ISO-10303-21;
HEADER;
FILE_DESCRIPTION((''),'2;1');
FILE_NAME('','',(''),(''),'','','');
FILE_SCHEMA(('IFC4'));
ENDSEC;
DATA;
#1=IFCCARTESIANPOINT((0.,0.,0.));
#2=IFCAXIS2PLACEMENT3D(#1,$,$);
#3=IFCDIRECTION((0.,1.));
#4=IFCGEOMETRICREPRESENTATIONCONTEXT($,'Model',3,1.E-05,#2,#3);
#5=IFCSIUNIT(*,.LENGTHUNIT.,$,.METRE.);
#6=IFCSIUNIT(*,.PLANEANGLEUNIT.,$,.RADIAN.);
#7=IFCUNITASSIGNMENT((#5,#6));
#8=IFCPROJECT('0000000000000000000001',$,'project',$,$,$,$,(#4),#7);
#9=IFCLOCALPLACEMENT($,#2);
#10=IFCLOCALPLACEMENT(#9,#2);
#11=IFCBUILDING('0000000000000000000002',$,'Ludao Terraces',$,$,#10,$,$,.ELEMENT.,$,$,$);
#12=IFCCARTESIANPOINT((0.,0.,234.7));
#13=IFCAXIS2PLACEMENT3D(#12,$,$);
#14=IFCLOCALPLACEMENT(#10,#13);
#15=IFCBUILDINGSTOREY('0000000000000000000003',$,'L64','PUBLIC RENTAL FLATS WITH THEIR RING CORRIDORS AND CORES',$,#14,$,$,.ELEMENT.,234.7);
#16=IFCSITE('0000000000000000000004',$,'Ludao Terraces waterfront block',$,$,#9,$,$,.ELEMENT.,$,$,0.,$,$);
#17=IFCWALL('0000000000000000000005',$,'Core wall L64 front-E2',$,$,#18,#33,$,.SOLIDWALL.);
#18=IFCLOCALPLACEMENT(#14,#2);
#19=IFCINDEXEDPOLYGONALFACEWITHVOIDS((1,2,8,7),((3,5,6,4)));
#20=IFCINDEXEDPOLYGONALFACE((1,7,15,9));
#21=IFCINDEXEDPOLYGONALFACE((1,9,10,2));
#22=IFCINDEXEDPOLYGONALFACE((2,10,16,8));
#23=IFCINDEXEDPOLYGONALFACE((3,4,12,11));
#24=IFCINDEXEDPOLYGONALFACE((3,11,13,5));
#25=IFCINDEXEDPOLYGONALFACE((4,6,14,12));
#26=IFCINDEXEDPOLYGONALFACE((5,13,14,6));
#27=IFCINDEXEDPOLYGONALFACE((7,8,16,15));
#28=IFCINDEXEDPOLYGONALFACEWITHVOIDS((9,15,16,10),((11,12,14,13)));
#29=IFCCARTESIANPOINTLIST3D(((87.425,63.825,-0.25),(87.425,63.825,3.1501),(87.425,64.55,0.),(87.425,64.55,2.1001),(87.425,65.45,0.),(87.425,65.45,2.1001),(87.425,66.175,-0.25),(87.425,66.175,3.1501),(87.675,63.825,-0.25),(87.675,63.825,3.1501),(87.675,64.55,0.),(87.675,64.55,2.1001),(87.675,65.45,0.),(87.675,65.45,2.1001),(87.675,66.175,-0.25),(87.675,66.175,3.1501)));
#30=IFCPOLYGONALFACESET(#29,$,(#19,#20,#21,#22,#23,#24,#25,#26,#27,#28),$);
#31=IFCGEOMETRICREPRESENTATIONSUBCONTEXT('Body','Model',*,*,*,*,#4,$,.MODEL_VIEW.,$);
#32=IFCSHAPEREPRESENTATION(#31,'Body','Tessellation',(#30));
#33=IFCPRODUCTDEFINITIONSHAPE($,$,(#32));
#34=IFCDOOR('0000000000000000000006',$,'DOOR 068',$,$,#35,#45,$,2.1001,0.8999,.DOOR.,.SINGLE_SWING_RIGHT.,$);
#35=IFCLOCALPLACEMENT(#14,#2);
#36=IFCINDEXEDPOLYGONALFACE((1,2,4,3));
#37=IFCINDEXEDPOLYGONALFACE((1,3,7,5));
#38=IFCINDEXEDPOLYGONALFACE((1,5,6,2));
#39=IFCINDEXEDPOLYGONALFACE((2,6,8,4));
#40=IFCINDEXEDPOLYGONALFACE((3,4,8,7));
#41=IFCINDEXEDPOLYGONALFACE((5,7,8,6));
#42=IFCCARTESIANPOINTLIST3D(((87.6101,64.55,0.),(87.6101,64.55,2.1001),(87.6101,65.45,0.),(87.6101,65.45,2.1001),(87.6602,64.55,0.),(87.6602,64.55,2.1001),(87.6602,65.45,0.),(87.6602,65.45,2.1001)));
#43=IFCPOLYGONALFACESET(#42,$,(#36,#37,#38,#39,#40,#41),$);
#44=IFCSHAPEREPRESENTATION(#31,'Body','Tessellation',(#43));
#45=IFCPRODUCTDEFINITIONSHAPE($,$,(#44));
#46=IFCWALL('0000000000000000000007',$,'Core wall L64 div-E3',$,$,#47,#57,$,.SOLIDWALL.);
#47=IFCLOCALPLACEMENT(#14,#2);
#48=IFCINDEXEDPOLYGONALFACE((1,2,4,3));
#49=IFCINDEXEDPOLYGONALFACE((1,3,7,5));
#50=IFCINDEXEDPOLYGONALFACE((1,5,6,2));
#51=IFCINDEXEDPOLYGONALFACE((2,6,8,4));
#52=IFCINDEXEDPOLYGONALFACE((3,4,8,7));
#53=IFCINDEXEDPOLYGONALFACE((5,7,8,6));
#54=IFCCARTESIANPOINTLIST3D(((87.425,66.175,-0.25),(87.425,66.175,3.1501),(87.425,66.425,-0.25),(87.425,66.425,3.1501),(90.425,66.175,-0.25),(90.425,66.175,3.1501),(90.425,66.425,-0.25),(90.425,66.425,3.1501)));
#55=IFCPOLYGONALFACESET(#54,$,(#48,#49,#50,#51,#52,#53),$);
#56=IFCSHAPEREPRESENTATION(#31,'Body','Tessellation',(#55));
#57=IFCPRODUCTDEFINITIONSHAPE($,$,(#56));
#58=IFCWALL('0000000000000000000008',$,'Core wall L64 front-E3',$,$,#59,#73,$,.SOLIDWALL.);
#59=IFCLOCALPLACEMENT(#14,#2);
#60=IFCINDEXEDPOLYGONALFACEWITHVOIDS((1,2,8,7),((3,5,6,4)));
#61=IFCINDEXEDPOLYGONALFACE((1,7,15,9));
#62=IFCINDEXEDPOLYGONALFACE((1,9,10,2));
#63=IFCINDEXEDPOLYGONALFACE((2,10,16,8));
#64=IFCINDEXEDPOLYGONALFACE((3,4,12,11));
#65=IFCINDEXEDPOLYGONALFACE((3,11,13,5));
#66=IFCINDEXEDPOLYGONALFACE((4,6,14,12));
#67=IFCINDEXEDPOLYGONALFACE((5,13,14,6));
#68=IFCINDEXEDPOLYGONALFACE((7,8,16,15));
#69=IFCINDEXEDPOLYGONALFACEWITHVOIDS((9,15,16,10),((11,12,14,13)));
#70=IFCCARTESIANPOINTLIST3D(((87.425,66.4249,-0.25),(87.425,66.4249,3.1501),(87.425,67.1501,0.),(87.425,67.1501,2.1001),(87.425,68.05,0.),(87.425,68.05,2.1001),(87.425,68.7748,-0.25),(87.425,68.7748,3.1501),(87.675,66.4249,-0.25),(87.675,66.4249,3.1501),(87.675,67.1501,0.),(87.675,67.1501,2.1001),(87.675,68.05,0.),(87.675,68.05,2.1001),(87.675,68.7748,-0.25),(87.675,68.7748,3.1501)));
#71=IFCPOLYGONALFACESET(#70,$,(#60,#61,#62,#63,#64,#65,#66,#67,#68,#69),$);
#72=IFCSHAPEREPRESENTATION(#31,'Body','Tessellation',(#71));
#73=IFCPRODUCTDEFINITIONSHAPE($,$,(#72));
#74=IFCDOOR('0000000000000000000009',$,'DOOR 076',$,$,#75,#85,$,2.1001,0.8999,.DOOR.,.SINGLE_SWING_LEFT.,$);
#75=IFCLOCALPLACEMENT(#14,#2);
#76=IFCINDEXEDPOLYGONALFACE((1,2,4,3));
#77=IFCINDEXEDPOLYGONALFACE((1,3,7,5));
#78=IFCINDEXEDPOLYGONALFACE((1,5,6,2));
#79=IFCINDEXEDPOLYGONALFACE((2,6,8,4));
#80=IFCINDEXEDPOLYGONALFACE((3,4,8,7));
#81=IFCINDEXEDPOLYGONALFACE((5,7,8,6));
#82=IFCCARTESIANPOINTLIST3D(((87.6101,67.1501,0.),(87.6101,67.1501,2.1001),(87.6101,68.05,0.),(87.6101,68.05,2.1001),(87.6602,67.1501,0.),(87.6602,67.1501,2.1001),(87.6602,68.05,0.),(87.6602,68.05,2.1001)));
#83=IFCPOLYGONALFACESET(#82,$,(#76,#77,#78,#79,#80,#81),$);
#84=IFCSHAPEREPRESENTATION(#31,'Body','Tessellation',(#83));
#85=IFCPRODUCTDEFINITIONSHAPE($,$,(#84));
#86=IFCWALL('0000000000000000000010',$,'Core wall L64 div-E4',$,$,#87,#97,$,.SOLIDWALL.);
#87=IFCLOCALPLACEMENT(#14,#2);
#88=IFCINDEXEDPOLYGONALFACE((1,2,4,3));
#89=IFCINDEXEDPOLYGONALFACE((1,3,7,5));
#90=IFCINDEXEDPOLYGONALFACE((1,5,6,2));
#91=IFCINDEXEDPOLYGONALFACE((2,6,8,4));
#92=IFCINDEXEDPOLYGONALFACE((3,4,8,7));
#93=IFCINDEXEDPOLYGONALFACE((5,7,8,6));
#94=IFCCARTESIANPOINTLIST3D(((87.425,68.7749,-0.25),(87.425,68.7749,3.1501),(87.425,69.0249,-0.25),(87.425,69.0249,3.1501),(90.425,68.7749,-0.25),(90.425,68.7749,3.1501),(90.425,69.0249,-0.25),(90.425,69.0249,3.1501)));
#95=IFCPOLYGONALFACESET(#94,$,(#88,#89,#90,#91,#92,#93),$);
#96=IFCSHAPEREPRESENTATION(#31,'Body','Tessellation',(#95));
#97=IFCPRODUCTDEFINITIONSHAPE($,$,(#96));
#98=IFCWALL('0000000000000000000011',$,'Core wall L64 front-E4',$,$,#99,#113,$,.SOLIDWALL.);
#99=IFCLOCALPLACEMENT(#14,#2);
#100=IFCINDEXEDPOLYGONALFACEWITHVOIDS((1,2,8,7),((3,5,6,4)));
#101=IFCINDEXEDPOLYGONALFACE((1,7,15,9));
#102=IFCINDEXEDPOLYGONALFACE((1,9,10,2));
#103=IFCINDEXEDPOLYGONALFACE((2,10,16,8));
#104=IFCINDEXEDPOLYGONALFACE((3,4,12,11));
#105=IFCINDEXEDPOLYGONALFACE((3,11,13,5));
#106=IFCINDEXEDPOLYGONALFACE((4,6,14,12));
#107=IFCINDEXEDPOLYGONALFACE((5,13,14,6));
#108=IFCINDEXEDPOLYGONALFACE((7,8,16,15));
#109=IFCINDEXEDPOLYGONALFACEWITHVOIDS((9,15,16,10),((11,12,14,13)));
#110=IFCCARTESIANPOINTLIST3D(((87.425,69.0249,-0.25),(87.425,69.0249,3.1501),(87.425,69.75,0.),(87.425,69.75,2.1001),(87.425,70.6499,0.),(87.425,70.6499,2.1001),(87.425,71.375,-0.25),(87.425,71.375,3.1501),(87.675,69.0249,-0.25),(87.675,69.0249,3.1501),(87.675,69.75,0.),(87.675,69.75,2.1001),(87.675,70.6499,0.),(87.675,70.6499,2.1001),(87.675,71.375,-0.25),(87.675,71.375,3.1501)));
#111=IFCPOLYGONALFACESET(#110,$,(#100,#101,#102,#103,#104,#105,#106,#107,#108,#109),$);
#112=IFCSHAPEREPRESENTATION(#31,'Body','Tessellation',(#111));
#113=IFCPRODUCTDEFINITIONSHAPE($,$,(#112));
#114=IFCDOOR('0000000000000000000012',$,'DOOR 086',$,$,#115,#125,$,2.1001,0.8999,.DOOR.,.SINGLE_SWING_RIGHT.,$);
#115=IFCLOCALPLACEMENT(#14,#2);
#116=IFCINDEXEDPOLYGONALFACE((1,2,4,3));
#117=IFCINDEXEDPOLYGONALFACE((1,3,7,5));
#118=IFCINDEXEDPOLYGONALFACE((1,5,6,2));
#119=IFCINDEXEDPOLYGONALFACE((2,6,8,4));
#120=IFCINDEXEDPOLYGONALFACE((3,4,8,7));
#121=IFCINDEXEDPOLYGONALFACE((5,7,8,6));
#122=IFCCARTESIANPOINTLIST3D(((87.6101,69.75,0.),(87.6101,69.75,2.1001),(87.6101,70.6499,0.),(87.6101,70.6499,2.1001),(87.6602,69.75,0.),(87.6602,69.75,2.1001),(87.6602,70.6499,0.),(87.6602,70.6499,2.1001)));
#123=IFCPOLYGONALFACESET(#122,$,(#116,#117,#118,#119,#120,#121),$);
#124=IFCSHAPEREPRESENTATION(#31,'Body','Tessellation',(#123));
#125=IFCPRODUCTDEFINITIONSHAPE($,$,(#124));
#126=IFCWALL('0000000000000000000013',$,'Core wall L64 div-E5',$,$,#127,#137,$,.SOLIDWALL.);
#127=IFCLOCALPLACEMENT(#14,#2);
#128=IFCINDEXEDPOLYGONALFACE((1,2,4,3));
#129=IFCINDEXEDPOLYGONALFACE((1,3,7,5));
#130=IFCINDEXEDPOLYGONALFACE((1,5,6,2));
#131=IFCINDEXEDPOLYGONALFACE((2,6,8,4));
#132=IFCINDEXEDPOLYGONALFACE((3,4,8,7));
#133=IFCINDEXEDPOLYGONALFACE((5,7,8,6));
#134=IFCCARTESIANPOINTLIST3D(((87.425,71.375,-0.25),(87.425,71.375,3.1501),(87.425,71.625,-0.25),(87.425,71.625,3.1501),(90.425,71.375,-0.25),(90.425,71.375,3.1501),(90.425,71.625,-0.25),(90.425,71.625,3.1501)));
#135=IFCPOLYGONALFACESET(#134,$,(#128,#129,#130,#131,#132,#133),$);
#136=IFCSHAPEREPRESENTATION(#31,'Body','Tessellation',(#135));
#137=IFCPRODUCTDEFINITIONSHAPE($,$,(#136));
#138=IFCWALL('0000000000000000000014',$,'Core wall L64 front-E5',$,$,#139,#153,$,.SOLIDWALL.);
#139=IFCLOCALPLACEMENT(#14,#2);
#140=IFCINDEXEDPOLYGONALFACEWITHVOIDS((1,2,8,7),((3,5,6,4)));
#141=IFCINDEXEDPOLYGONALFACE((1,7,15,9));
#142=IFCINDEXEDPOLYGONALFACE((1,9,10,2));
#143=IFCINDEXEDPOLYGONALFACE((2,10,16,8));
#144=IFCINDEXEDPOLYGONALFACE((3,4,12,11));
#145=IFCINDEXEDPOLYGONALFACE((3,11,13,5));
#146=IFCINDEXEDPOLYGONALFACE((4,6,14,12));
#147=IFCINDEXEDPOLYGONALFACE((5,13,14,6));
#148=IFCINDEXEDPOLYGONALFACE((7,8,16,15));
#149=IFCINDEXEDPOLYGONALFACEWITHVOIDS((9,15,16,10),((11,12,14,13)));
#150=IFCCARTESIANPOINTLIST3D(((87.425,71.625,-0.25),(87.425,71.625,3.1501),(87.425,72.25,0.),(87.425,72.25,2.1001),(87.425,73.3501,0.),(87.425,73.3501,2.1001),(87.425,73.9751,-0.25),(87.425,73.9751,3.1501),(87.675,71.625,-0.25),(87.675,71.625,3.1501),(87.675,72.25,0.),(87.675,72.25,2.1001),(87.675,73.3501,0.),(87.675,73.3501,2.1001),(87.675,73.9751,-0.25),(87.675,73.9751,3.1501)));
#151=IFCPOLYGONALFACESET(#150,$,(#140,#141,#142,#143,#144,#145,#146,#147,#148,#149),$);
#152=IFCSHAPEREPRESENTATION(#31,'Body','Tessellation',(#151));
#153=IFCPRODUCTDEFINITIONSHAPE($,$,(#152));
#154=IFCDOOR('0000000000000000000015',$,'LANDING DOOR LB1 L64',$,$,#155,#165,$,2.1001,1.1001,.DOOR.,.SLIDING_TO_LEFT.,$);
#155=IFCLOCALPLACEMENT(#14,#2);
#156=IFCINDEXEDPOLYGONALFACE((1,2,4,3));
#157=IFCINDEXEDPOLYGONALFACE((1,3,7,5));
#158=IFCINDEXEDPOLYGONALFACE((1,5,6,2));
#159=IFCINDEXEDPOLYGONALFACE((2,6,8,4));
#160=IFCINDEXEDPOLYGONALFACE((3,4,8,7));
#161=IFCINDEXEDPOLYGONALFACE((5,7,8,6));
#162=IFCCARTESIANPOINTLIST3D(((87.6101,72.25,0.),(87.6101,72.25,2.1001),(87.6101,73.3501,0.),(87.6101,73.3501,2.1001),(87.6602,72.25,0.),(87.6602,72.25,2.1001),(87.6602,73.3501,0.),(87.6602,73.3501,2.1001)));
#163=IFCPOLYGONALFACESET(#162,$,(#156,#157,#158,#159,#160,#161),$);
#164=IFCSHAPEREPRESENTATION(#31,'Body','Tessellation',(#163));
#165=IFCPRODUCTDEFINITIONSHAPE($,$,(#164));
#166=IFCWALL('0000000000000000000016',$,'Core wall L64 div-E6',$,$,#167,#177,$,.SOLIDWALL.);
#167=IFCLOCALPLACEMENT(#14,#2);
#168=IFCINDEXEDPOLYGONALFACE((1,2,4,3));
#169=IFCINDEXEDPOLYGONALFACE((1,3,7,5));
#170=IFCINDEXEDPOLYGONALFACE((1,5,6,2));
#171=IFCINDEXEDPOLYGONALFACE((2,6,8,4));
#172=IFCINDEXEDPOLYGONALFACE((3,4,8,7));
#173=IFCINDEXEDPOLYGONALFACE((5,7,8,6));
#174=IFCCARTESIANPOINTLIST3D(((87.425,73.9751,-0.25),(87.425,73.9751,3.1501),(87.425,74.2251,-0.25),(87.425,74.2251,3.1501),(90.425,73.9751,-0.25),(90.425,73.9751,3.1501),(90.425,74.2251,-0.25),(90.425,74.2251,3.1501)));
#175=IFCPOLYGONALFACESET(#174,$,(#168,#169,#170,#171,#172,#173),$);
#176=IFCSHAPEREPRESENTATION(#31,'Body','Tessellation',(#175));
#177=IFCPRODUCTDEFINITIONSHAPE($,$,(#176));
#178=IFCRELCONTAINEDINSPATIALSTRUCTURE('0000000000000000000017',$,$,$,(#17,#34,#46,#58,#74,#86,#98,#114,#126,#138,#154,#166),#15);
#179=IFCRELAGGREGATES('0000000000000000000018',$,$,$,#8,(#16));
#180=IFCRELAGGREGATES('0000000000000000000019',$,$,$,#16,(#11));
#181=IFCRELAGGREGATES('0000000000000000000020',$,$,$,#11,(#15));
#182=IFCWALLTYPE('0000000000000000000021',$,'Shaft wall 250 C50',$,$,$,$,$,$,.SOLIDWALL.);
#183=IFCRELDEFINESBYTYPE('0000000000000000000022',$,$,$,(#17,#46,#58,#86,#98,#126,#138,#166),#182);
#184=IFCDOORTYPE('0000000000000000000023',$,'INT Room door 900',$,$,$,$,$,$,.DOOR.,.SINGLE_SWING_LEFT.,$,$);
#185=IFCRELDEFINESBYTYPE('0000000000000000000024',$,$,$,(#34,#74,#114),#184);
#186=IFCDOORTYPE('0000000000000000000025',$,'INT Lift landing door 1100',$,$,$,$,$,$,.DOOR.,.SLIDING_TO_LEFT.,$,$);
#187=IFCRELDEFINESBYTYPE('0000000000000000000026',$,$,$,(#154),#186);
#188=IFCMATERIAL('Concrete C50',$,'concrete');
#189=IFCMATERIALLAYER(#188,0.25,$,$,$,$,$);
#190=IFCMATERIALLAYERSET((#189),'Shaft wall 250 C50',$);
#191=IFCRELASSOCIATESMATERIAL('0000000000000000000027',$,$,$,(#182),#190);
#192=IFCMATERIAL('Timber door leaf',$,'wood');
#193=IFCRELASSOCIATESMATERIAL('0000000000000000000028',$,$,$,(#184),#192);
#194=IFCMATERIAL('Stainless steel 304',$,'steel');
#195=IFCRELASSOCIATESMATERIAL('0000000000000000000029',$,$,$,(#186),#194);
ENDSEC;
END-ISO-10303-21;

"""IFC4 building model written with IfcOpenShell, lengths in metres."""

from ifc_helpers import new_model, si_unit, direction, frame, frame_2d, origin, place, context, subcontext, project, spatial, rectangle, extrude, material, layer, layer_set, type_object, element, fill, save


model = new_model("IFC4")

# Units and contexts
model_context = context("Model", 3, precision=1e-05, world=origin(), true_north=direction((0.0, 1.0)))
body_context = subcontext(model_context, "Body", "Model", "MODEL_VIEW")
ifc_project = project(units=[si_unit("LENGTHUNIT", "METRE"), si_unit("PLANEANGLEUNIT", "RADIAN")], contexts=[model_context])

# Site, building, storey
site_placement = place(None, origin())
site = spatial("IfcSite", under=ifc_project, at=site_placement, Name="Ludao Terraces waterfront block", CompositionType="ELEMENT", RefElevation=0.0)
building_placement = place(site_placement, origin())
building = spatial("IfcBuilding", under=site, at=building_placement, Name="Ludao Terraces", CompositionType="ELEMENT")
storey_placement = place(building_placement, frame((0.0, 0.0, 234.7)))
storey = spatial("IfcBuildingStorey", under=building, at=storey_placement, Name="L64", Description="PUBLIC RENTAL FLATS WITH THEIR RING CORRIDORS AND CORES", CompositionType="ELEMENT", Elevation=234.7)

# Shared definitions
ifc_material_1 = material(Name="Concrete C50", Category="concrete")
ifc_layer_1 = layer(ifc_material_1, 0.25)
ifc_layer_set_1 = layer_set([ifc_layer_1], Name="Shaft wall 250 C50")
wall_type_1 = type_object("IfcWallType", Name="Shaft wall 250 C50", PredefinedType="SOLIDWALL", material=ifc_layer_set_1)

# Wall, opening, door
wall_1_placement = place(storey_placement, frame((87.55, 63.825, -0.25), z_axis=(0.0, 0.0, 1.0), x_axis=(0.0, 1.0, 0.0)))
wall_1 = element("IfcWall", 1, at=wall_1_placement, inside=storey, type_object=wall_type_1, Name="Core wall L64 front-E2", PredefinedType="SOLIDWALL", context=body_context, shape_type="SweptSolid", body=[
    extrude(rectangle(XDim=2.3501, YDim=0.25, at=frame_2d((1.175, 0.0))), origin(), (0.0, 0.0, 1.0), 3.4001),
])
opening_1_placement = place(wall_1_placement, frame((0.7251, 0.0, 0.25)))
opening_1 = element("IfcOpeningElement", 2, at=opening_1_placement, cuts=wall_1, PredefinedType="OPENING", context=body_context, shape_type="SweptSolid", body=[
    extrude(rectangle(XDim=0.8999, YDim=2.1001, at=frame_2d((0.45, 1.05))), frame((0.0, 0.135, 0.0), z_axis=(0.0, -1.0, 0.0), x_axis=(1.0, 0.0, 0.0)), (0.0, 0.0, 1.0), 0.27),
])
ifc_material_2 = material(Name="Timber door leaf", Category="wood")
door_type_1 = type_object("IfcDoorType", Name="INT Room door 900", OperationType="SINGLE_SWING_LEFT", PredefinedType="DOOR", material=ifc_material_2)
door_1_placement = place(opening_1_placement, origin())
door_1 = element("IfcDoor", 3, at=door_1_placement, inside=storey, type_object=door_type_1, Name="DOOR 068", OperationType="SINGLE_SWING_RIGHT", OverallHeight=2.1001, OverallWidth=0.8999, PredefinedType="DOOR", context=body_context, shape_type="SweptSolid", body=[
    extrude(rectangle(XDim=0.8999, YDim=2.1001, at=frame_2d((0.45, 1.05))), frame((0.0, -0.0601, 0.0), z_axis=(0.0, -1.0, 0.0), x_axis=(1.0, 0.0, 0.0)), (0.0, 0.0, 1.0), 0.05),
])
fill(opening_1, door_1)

# Wall
wall_2_placement = place(storey_placement, frame((87.425, 66.3, -0.25), z_axis=(0.0, 0.0, 1.0), x_axis=(1.0, 0.0, 0.0)))
element("IfcWall", 4, at=wall_2_placement, inside=storey, type_object=wall_type_1, Name="Core wall L64 div-E3", PredefinedType="SOLIDWALL", context=body_context, shape_type="SweptSolid", body=[
    extrude(rectangle(XDim=3.0, YDim=0.25, at=frame_2d((1.5, 0.0))), origin(), (0.0, 0.0, 1.0), 3.4001),
])

# Wall, opening, door
wall_3_placement = place(storey_placement, frame((87.55, 66.425, -0.25), z_axis=(0.0, 0.0, 1.0), x_axis=(0.0, 1.0, 0.0)))
wall_3 = element("IfcWall", 5, at=wall_3_placement, inside=storey, type_object=wall_type_1, Name="Core wall L64 front-E3", PredefinedType="SOLIDWALL", context=body_context, shape_type="SweptSolid", body=[
    extrude(rectangle(XDim=2.3499, YDim=0.25, at=frame_2d((1.1748, 0.0))), origin(), (0.0, 0.0, 1.0), 3.4001),
])
opening_2_placement = place(wall_3_placement, frame((0.7251, 0.0, 0.25)))
opening_2 = element("IfcOpeningElement", 6, at=opening_2_placement, cuts=wall_3, PredefinedType="OPENING", context=body_context, shape_type="SweptSolid", body=[
    extrude(rectangle(XDim=0.8999, YDim=2.1001, at=frame_2d((0.45, 1.05))), frame((0.0, 0.135, 0.0), z_axis=(0.0, -1.0, 0.0), x_axis=(1.0, 0.0, 0.0)), (0.0, 0.0, 1.0), 0.27),
])
door_2_placement = place(opening_2_placement, origin())
door_2 = element("IfcDoor", 7, at=door_2_placement, inside=storey, type_object=door_type_1, Name="DOOR 076", OperationType="SINGLE_SWING_LEFT", OverallHeight=2.1001, OverallWidth=0.8999, PredefinedType="DOOR", context=body_context, shape_type="SweptSolid", body=[
    extrude(rectangle(XDim=0.8999, YDim=2.1001, at=frame_2d((0.45, 1.05))), frame((0.0, -0.0601, 0.0), z_axis=(0.0, -1.0, 0.0), x_axis=(1.0, 0.0, 0.0)), (0.0, 0.0, 1.0), 0.05),
])
fill(opening_2, door_2)

# Wall
wall_4_placement = place(storey_placement, frame((87.425, 68.8999, -0.25), z_axis=(0.0, 0.0, 1.0), x_axis=(1.0, 0.0, 0.0)))
element("IfcWall", 8, at=wall_4_placement, inside=storey, type_object=wall_type_1, Name="Core wall L64 div-E4", PredefinedType="SOLIDWALL", context=body_context, shape_type="SweptSolid", body=[
    extrude(rectangle(XDim=3.0, YDim=0.25, at=frame_2d((1.5, 0.0))), origin(), (0.0, 0.0, 1.0), 3.4001),
])

# Wall, opening, door
wall_5_placement = place(storey_placement, frame((87.55, 69.0249, -0.25), z_axis=(0.0, 0.0, 1.0), x_axis=(0.0, 1.0, 0.0)))
wall_5 = element("IfcWall", 9, at=wall_5_placement, inside=storey, type_object=wall_type_1, Name="Core wall L64 front-E4", PredefinedType="SOLIDWALL", context=body_context, shape_type="SweptSolid", body=[
    extrude(rectangle(XDim=2.3501, YDim=0.25, at=frame_2d((1.175, 0.0))), origin(), (0.0, 0.0, 1.0), 3.4001),
])
opening_3_placement = place(wall_5_placement, frame((0.7251, 0.0, 0.25)))
opening_3 = element("IfcOpeningElement", 10, at=opening_3_placement, cuts=wall_5, PredefinedType="OPENING", context=body_context, shape_type="SweptSolid", body=[
    extrude(rectangle(XDim=0.8999, YDim=2.1001, at=frame_2d((0.45, 1.05))), frame((0.0, 0.135, 0.0), z_axis=(0.0, -1.0, 0.0), x_axis=(1.0, 0.0, 0.0)), (0.0, 0.0, 1.0), 0.27),
])
door_3_placement = place(opening_3_placement, origin())
door_3 = element("IfcDoor", 11, at=door_3_placement, inside=storey, type_object=door_type_1, Name="DOOR 086", OperationType="SINGLE_SWING_RIGHT", OverallHeight=2.1001, OverallWidth=0.8999, PredefinedType="DOOR", context=body_context, shape_type="SweptSolid", body=[
    extrude(rectangle(XDim=0.8999, YDim=2.1001, at=frame_2d((0.45, 1.05))), frame((0.0, -0.0601, 0.0), z_axis=(0.0, -1.0, 0.0), x_axis=(1.0, 0.0, 0.0)), (0.0, 0.0, 1.0), 0.05),
])
fill(opening_3, door_3)

# Wall
wall_6_placement = place(storey_placement, frame((87.425, 71.5, -0.25), z_axis=(0.0, 0.0, 1.0), x_axis=(1.0, 0.0, 0.0)))
element("IfcWall", 12, at=wall_6_placement, inside=storey, type_object=wall_type_1, Name="Core wall L64 div-E5", PredefinedType="SOLIDWALL", context=body_context, shape_type="SweptSolid", body=[
    extrude(rectangle(XDim=3.0, YDim=0.25, at=frame_2d((1.5, 0.0))), origin(), (0.0, 0.0, 1.0), 3.4001),
])

# Wall, opening, door
wall_7_placement = place(storey_placement, frame((87.55, 71.625, -0.25), z_axis=(0.0, 0.0, 1.0), x_axis=(0.0, 1.0, 0.0)))
wall_7 = element("IfcWall", 13, at=wall_7_placement, inside=storey, type_object=wall_type_1, Name="Core wall L64 front-E5", PredefinedType="SOLIDWALL", context=body_context, shape_type="SweptSolid", body=[
    extrude(rectangle(XDim=2.3501, YDim=0.25, at=frame_2d((1.175, 0.0))), origin(), (0.0, 0.0, 1.0), 3.4001),
])
opening_4_placement = place(wall_7_placement, frame((0.625, 0.0, 0.25)))
opening_4 = element("IfcOpeningElement", 14, at=opening_4_placement, cuts=wall_7, PredefinedType="OPENING", context=body_context, shape_type="SweptSolid", body=[
    extrude(rectangle(XDim=1.1001, YDim=2.1001, at=frame_2d((0.55, 1.05))), frame((0.0, 0.135, 0.0), z_axis=(0.0, -1.0, 0.0), x_axis=(1.0, 0.0, 0.0)), (0.0, 0.0, 1.0), 0.27),
])
ifc_material_3 = material(Name="Stainless steel 304", Category="steel")
door_type_2 = type_object("IfcDoorType", Name="INT Lift landing door 1100", OperationType="SLIDING_TO_LEFT", PredefinedType="DOOR", material=ifc_material_3)
door_4_placement = place(opening_4_placement, origin())
door_4 = element("IfcDoor", 15, at=door_4_placement, inside=storey, type_object=door_type_2, Name="LANDING DOOR LB1 L64", OperationType="SLIDING_TO_LEFT", OverallHeight=2.1001, OverallWidth=1.1001, PredefinedType="DOOR", context=body_context, shape_type="SweptSolid", body=[
    extrude(rectangle(XDim=1.1001, YDim=2.1001, at=frame_2d((0.55, 1.05))), frame((0.0, -0.0601, 0.0), z_axis=(0.0, -1.0, 0.0), x_axis=(1.0, 0.0, 0.0)), (0.0, 0.0, 1.0), 0.05),
])
fill(opening_4, door_4)

# Wall
wall_8_placement = place(storey_placement, frame((87.425, 74.1001, -0.25), z_axis=(0.0, 0.0, 1.0), x_axis=(1.0, 0.0, 0.0)))
element("IfcWall", 16, at=wall_8_placement, inside=storey, type_object=wall_type_1, Name="Core wall L64 div-E6", PredefinedType="SOLIDWALL", context=body_context, shape_type="SweptSolid", body=[
    extrude(rectangle(XDim=3.0, YDim=0.25, at=frame_2d((1.5, 0.0))), origin(), (0.0, 0.0, 1.0), 3.4001),
])

save(model, "model.ifc")
